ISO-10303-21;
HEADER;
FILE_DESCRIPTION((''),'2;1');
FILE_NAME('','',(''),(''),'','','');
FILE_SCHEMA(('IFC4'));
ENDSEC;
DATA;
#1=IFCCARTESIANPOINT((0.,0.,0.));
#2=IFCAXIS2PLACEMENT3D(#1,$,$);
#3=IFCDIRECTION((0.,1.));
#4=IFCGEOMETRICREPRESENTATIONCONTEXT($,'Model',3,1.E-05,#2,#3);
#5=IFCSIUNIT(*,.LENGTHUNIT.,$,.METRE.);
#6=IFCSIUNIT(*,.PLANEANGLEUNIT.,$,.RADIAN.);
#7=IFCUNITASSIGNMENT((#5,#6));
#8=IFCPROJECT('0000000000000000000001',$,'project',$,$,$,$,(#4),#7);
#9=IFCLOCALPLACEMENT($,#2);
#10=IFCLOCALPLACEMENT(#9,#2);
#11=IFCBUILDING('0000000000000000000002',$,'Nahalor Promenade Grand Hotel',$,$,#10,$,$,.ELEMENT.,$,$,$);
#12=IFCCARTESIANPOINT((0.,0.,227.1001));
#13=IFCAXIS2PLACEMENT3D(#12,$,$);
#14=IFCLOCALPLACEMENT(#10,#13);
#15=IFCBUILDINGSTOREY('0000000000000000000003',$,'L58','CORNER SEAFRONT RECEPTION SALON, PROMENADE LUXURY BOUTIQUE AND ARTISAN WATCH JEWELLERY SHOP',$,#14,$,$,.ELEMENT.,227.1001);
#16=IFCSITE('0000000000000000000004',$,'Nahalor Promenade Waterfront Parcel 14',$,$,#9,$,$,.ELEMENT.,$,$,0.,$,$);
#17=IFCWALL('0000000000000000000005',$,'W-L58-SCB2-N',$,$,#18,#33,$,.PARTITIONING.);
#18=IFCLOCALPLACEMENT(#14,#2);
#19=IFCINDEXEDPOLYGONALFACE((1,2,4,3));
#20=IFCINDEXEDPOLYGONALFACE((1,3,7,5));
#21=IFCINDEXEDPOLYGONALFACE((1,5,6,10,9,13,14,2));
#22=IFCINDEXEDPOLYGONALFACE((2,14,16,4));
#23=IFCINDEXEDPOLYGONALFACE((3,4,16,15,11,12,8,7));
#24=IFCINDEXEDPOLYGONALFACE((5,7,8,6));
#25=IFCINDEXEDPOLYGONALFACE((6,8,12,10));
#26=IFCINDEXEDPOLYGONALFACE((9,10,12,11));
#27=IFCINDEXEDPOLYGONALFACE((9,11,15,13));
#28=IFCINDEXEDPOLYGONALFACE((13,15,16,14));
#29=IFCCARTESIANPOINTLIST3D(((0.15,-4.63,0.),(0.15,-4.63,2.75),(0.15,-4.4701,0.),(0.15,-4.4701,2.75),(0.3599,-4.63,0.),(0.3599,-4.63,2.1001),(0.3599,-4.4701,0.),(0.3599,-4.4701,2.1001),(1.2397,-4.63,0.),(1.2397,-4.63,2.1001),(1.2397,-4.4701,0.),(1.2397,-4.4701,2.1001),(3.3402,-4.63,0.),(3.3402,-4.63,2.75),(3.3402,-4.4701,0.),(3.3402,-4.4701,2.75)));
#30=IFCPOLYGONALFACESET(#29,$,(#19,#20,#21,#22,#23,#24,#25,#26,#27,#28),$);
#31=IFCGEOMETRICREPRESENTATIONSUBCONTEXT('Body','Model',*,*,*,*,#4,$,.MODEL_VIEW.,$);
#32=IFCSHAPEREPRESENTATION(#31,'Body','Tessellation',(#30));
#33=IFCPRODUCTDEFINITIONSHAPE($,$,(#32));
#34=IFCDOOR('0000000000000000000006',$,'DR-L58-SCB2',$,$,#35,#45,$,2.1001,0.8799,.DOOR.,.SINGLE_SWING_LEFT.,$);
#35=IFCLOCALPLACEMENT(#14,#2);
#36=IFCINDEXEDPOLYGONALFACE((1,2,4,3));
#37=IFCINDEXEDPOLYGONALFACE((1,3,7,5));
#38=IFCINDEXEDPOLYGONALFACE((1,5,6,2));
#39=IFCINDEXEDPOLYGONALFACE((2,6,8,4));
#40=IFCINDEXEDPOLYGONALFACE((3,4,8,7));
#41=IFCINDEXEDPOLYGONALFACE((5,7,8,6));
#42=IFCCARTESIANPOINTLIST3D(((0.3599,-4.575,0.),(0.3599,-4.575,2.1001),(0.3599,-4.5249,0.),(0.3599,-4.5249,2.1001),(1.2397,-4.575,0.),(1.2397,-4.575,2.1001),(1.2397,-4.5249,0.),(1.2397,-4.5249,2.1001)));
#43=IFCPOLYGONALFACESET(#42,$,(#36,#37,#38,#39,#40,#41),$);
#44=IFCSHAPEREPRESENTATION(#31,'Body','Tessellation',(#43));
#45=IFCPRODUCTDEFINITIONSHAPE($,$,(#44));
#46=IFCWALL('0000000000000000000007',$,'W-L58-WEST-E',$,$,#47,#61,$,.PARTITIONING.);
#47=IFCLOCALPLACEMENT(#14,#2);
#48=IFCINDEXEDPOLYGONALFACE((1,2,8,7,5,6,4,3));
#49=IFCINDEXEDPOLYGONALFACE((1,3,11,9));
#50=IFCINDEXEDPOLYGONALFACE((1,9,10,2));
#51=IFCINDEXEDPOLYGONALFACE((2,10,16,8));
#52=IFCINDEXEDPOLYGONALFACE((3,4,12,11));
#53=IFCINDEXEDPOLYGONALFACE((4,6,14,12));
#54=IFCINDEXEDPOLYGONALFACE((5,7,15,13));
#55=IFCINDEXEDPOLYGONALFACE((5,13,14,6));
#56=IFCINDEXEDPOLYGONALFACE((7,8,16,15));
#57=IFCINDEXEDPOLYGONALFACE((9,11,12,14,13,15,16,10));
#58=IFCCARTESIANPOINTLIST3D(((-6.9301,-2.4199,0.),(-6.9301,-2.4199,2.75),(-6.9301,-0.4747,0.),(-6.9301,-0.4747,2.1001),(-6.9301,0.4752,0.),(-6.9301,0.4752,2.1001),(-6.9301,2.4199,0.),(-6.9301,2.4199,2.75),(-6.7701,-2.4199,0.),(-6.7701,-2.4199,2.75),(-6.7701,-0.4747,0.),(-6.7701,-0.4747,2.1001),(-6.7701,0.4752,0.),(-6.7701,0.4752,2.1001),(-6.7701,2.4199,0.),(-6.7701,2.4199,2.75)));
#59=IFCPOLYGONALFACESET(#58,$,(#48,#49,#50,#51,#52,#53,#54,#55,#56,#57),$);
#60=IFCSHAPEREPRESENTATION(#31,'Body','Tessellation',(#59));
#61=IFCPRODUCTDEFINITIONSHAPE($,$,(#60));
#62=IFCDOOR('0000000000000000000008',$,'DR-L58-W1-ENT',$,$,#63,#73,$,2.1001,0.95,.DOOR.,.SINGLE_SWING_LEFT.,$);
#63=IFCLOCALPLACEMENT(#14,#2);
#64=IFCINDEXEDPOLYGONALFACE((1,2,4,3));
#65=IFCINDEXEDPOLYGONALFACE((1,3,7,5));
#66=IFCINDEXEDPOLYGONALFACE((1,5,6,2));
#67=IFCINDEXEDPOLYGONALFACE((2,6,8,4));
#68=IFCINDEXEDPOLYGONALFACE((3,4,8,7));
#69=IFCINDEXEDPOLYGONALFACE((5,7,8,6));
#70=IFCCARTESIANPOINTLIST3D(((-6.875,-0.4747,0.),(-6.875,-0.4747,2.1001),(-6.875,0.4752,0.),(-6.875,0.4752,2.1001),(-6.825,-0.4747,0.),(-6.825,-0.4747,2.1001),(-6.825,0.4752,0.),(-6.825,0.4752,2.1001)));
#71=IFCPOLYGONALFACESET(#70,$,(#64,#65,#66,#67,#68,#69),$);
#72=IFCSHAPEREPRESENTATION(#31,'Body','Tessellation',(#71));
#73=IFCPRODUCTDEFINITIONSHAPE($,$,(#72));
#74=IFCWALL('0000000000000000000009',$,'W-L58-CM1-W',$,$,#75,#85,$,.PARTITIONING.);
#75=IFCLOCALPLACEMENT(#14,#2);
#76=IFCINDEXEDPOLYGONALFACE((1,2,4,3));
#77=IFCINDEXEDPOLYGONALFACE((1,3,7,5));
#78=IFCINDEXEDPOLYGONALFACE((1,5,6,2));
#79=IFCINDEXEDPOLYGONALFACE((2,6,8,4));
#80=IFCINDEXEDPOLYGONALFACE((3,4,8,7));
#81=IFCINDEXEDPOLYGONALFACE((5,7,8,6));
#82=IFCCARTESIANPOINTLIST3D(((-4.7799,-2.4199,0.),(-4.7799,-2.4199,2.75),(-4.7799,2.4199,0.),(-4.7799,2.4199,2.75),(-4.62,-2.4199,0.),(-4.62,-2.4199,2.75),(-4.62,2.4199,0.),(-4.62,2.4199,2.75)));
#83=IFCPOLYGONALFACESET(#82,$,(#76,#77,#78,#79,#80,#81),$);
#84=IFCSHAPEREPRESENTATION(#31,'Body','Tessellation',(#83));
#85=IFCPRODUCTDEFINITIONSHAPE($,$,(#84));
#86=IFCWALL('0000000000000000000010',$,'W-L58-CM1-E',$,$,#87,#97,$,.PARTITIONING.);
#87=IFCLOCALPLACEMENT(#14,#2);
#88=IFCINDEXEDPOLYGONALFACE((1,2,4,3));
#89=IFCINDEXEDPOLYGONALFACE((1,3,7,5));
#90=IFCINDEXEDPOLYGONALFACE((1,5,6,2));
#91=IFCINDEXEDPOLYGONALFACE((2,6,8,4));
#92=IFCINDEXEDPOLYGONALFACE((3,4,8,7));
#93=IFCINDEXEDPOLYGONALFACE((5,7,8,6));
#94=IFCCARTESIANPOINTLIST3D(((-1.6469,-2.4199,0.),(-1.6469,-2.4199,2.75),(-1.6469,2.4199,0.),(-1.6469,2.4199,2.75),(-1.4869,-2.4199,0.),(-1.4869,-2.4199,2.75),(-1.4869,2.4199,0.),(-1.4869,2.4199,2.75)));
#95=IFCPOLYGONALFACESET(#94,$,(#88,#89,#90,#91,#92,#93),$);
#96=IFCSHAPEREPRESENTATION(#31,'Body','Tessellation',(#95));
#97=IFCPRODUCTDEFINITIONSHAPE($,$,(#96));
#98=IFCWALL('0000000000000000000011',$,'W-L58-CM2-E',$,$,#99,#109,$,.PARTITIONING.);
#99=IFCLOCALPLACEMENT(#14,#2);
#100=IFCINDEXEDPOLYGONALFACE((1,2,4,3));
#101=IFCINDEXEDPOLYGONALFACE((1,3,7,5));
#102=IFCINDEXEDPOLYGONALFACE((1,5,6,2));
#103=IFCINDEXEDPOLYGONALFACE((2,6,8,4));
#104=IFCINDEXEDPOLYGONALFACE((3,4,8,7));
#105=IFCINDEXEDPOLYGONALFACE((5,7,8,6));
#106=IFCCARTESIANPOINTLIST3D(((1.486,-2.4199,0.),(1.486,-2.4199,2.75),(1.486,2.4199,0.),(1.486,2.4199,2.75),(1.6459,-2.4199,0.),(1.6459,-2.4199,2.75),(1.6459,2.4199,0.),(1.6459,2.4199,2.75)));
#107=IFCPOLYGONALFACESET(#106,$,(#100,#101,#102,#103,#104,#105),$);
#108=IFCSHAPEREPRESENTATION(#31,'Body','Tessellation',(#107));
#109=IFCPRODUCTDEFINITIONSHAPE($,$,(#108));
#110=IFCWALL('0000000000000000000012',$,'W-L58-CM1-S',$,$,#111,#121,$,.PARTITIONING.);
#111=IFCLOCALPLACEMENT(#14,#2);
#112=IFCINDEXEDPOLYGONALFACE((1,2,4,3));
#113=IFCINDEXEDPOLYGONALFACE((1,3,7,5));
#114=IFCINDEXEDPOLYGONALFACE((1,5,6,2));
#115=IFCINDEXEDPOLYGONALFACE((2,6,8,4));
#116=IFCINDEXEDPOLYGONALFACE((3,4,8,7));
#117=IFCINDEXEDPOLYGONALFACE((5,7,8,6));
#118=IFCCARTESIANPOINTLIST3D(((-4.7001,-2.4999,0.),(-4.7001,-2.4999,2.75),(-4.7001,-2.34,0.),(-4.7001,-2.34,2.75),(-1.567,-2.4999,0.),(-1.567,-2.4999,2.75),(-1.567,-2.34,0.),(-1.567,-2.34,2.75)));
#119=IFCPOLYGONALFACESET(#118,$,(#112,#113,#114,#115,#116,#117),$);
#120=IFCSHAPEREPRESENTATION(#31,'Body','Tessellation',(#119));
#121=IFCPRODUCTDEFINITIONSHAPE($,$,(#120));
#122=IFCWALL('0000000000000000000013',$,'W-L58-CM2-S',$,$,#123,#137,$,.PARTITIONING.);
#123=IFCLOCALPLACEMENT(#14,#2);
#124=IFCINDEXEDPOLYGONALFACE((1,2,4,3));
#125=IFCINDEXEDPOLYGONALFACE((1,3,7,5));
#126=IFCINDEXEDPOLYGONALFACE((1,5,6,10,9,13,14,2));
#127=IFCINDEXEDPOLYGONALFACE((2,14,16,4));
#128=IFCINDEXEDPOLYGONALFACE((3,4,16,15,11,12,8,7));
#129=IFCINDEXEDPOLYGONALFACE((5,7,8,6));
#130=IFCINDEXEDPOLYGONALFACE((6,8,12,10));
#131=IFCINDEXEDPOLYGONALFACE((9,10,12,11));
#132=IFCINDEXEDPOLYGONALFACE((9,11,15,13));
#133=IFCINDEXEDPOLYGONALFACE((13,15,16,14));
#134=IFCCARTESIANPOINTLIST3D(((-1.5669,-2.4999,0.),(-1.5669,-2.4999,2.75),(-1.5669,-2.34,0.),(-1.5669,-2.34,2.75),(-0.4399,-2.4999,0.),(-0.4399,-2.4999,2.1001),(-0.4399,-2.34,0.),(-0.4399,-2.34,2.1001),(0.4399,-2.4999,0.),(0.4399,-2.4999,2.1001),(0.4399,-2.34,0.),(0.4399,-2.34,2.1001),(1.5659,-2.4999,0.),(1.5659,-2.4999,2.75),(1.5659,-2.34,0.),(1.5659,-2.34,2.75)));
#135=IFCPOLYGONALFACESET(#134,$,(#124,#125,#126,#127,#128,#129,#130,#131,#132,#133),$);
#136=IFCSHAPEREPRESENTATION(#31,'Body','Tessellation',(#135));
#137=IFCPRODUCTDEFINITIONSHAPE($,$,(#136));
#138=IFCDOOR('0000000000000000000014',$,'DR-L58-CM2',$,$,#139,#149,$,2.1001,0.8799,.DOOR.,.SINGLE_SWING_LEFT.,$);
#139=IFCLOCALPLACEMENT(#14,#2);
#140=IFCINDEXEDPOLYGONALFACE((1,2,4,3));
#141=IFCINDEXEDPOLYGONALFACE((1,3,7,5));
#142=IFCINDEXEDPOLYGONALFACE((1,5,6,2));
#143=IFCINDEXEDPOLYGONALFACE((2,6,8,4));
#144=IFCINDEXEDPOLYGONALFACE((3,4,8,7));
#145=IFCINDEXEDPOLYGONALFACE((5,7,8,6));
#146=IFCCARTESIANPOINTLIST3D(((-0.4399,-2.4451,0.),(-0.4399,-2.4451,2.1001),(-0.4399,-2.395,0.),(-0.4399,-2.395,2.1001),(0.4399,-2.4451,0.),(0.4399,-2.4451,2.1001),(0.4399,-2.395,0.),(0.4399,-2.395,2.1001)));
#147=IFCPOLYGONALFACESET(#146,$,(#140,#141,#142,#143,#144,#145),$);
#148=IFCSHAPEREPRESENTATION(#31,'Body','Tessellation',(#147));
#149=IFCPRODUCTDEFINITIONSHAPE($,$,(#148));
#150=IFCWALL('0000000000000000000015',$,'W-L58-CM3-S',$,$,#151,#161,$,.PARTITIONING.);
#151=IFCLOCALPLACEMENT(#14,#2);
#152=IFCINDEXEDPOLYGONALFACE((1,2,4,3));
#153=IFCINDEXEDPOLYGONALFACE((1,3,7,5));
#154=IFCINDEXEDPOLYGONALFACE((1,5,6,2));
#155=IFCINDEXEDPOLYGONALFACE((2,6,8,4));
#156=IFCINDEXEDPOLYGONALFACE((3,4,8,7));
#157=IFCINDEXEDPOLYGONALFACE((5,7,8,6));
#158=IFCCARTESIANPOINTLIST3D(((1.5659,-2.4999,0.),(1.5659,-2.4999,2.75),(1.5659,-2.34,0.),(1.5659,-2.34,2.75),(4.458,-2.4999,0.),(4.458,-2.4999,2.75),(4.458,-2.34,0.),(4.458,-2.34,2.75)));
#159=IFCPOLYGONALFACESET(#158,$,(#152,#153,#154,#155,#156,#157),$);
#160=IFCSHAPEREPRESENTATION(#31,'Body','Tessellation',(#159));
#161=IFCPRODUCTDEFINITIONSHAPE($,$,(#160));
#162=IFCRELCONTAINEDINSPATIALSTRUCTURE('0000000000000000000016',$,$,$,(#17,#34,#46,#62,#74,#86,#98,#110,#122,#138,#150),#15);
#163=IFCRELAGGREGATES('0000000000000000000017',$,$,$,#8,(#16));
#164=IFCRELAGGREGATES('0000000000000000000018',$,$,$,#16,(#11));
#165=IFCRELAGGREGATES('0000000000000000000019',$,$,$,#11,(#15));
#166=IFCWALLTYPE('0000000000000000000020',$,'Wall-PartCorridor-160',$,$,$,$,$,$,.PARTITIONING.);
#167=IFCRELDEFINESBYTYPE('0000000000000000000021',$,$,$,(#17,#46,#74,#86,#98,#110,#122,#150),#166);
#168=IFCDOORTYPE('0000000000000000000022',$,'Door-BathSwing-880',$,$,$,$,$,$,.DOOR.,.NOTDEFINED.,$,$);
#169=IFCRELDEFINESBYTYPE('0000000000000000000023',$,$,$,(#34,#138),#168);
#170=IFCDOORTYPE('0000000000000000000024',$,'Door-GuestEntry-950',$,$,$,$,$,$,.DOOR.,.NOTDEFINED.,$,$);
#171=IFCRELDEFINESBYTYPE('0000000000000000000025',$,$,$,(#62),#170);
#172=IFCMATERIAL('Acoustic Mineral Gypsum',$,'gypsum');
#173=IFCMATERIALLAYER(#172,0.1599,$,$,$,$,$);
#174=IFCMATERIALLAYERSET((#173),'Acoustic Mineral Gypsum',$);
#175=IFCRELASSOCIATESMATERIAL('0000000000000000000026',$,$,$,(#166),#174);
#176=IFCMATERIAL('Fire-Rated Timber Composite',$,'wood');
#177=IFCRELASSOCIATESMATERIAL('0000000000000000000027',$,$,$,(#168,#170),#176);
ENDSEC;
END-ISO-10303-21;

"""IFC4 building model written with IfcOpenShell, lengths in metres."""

from ifc_helpers import new_model, si_unit, direction, frame, frame_2d, origin, place, context, subcontext, project, spatial, rectangle, extrude, source, transform, mapped, material, layer, layer_set, type_object, element, fill, save


model = new_model("IFC4")

# Units and contexts
model_context = context("Model", 3, precision=1e-05, world=origin(), true_north=direction((0.0, 1.0)))
body_context = subcontext(model_context, "Body", "Model", "MODEL_VIEW")
ifc_project = project(units=[si_unit("LENGTHUNIT", "METRE"), si_unit("PLANEANGLEUNIT", "RADIAN")], contexts=[model_context])

# Site, building, storey
site_placement = place(None, origin())
site = spatial("IfcSite", under=ifc_project, at=site_placement, Name="Nahalor Promenade Waterfront Parcel 14", CompositionType="ELEMENT", RefElevation=0.0)
building_placement = place(site_placement, origin())
building = spatial("IfcBuilding", under=site, at=building_placement, Name="Nahalor Promenade Grand Hotel", CompositionType="ELEMENT")
storey_placement = place(building_placement, frame((0.0, 0.0, 227.1001)))
storey = spatial("IfcBuildingStorey", under=building, at=storey_placement, Name="L58", Description="CORNER SEAFRONT RECEPTION SALON, PROMENADE LUXURY BOUTIQUE AND ARTISAN WATCH JEWELLERY SHOP", CompositionType="ELEMENT", Elevation=227.1001)

# Walls, openings, doors
ifc_material_1 = material(Name="Acoustic Mineral Gypsum", Category="gypsum")
ifc_layer_1 = layer(ifc_material_1, 0.1599)
ifc_layer_set_1 = layer_set([ifc_layer_1], Name="Acoustic Mineral Gypsum")
wall_type_1 = type_object("IfcWallType", Name="Wall-PartCorridor-160", PredefinedType="PARTITIONING", material=ifc_layer_set_1)
ifc_material_2 = material(Name="Fire-Rated Timber Composite", Category="wood")
door_type_1 = type_object("IfcDoorType", Name="Door-BathSwing-880", OperationType="NOTDEFINED", PredefinedType="DOOR", material=ifc_material_2)
shared_shape_1 = source(origin(), body_context, "Body", "SweptSolid", [
    extrude(rectangle(XDim=0.8799, YDim=2.1001, at=frame_2d((0.4399, 1.05))), frame((0.0, 0.0249, 0.0), z_axis=(0.0, -1.0, 0.0), x_axis=(1.0, 0.0, 0.0)), (0.0, 0.0, 1.0), 0.05),
])
shared_shape_2 = source(origin(), body_context, "Body", "SweptSolid", [
    extrude(rectangle(XDim=3.1902, YDim=0.1599, at=frame_2d((1.5952, 0.0))), origin(), (0.0, 0.0, 1.0), 2.75),
])
wall_1_placement = place(storey_placement, frame((0.1499, -4.55, 0.0), z_axis=(0.0, 0.0, 1.0), x_axis=(1.0, 0.0, 0.0)))
wall_1 = element("IfcWall", 1, at=wall_1_placement, inside=storey, type_object=wall_type_1, Name="W-L58-SCB2-N", PredefinedType="PARTITIONING", context=body_context, shape_type="MappedRepresentation", body=[
    mapped(shared_shape_2, transform((0.0, 0.0, 0.0), scale=1.0)),
])
opening_1_placement = place(wall_1_placement, frame((0.21, 0.0, 0.0)))
opening_1 = element("IfcOpeningElement", 2, at=opening_1_placement, cuts=wall_1, PredefinedType="OPENING", context=body_context, shape_type="SweptSolid", body=[
    extrude(rectangle(XDim=0.8799, YDim=2.1001, at=frame_2d((0.4399, 1.05))), frame((0.0, 0.0898, 0.0), z_axis=(0.0, -1.0, 0.0), x_axis=(1.0, 0.0, 0.0)), (0.0, 0.0, 1.0), 0.1799),
])
door_1_placement = place(opening_1_placement, frame((0.8799, 0.0, 0.0), z_axis=(0.0, 0.0, 1.0), x_axis=(-1.0, 0.0, 0.0)))
door_1 = element("IfcDoor", 3, at=door_1_placement, inside=storey, type_object=door_type_1, Name="DR-L58-SCB2", OperationType="SINGLE_SWING_LEFT", OverallHeight=2.1001, OverallWidth=0.8799, PredefinedType="DOOR", context=body_context, shape_type="MappedRepresentation", body=[
    mapped(shared_shape_1, transform((0.0, 0.0, 0.0), scale=1.0)),
])
fill(opening_1, door_1)
shared_shape_3 = source(origin(), body_context, "Body", "SweptSolid", [
    extrude(rectangle(XDim=4.8398, YDim=0.1599, at=frame_2d((2.4199, 0.0))), origin(), (0.0, 0.0, 1.0), 2.75),
])
wall_2_placement = place(storey_placement, frame((-6.8501, -2.4199, 0.0), z_axis=(0.0, 0.0, 1.0), x_axis=(0.0, 1.0, 0.0)))
wall_2 = element("IfcWall", 4, at=wall_2_placement, inside=storey, type_object=wall_type_1, Name="W-L58-WEST-E", PredefinedType="PARTITIONING", context=body_context, shape_type="MappedRepresentation", body=[
    mapped(shared_shape_3, transform((0.0, 0.0, 0.0), scale=1.0)),
])
opening_2_placement = place(wall_2_placement, frame((1.9451, 0.0, 0.0)))
opening_2 = element("IfcOpeningElement", 5, at=opening_2_placement, cuts=wall_2, PredefinedType="OPENING", context=body_context, shape_type="SweptSolid", body=[
    extrude(rectangle(XDim=0.95, YDim=2.1001, at=frame_2d((0.4751, 1.05))), frame((0.0, 0.0898, 0.0), z_axis=(0.0, -1.0, 0.0), x_axis=(1.0, 0.0, 0.0)), (0.0, 0.0, 1.0), 0.1799),
])
door_type_2 = type_object("IfcDoorType", Name="Door-GuestEntry-950", OperationType="NOTDEFINED", PredefinedType="DOOR", material=ifc_material_2)
shared_shape_4 = source(origin(), body_context, "Body", "SweptSolid", [
    extrude(rectangle(XDim=0.95, YDim=2.1001, at=frame_2d((0.4751, 1.05))), frame((0.0, 0.0249, 0.0), z_axis=(0.0, -1.0, 0.0), x_axis=(1.0, 0.0, 0.0)), (0.0, 0.0, 1.0), 0.05),
])
door_2_placement = place(opening_2_placement, origin())
door_2 = element("IfcDoor", 6, at=door_2_placement, inside=storey, type_object=door_type_2, Name="DR-L58-W1-ENT", OperationType="SINGLE_SWING_LEFT", OverallHeight=2.1001, OverallWidth=0.95, PredefinedType="DOOR", context=body_context, shape_type="MappedRepresentation", body=[
    mapped(shared_shape_4, transform((0.0, 0.0, 0.0), scale=1.0)),
])
fill(opening_2, door_2)

# Walls
for number, where, z_axis, x_axis, name in (
    (7, (-4.7, -2.4199, 0.0), (0.0, 0.0, 1.0), (0.0, 1.0, 0.0), "W-L58-CM1-W"),
    (8, (-1.5669, -2.4199, 0.0), (0.0, 0.0, 1.0), (0.0, 1.0, 0.0), "W-L58-CM1-E"),
    (9, (1.5659, -2.4199, 0.0), (0.0, 0.0, 1.0), (0.0, 1.0, 0.0), "W-L58-CM2-E"),
):
    element("IfcWall", number, at=place(storey_placement, frame(where, z_axis=z_axis, x_axis=x_axis)), inside=storey, type_object=wall_type_1, Name=name, PredefinedType="PARTITIONING", context=body_context, shape_type="MappedRepresentation", body=[
        mapped(shared_shape_3, transform((0.0, 0.0, 0.0), scale=1.0)),
    ])
shared_shape_5 = source(origin(), body_context, "Body", "SweptSolid", [
    extrude(rectangle(XDim=3.1331, YDim=0.1599, at=frame_2d((1.5664, 0.0))), origin(), (0.0, 0.0, 1.0), 2.75),
])
wall_3_placement = place(storey_placement, frame((-4.7, -2.4199, 0.0), z_axis=(0.0, 0.0, 1.0), x_axis=(1.0, 0.0, 0.0)))
element("IfcWall", 10, at=wall_3_placement, inside=storey, type_object=wall_type_1, Name="W-L58-CM1-S", PredefinedType="PARTITIONING", context=body_context, shape_type="MappedRepresentation", body=[
    mapped(shared_shape_5, transform((0.0, 0.0, 0.0), scale=1.0)),
])

# Wall, opening, door
shared_shape_6 = source(origin(), body_context, "Body", "SweptSolid", [
    extrude(rectangle(XDim=3.1328, YDim=0.1599, at=frame_2d((1.5664, 0.0))), origin(), (0.0, 0.0, 1.0), 2.75),
])
wall_4_placement = place(storey_placement, frame((-1.5669, -2.4199, 0.0), z_axis=(0.0, 0.0, 1.0), x_axis=(1.0, 0.0, 0.0)))
wall_4 = element("IfcWall", 11, at=wall_4_placement, inside=storey, type_object=wall_type_1, Name="W-L58-CM2-S", PredefinedType="PARTITIONING", context=body_context, shape_type="MappedRepresentation", body=[
    mapped(shared_shape_6, transform((0.0, 0.0, 0.0), scale=1.0)),
])
opening_3_placement = place(wall_4_placement, frame((1.127, 0.0, 0.0)))
opening_3 = element("IfcOpeningElement", 12, at=opening_3_placement, cuts=wall_4, PredefinedType="OPENING", context=body_context, shape_type="SweptSolid", body=[
    extrude(rectangle(XDim=0.8799, YDim=2.1001, at=frame_2d((0.4399, 1.05))), frame((0.0, 0.0898, 0.0), z_axis=(0.0, -1.0, 0.0), x_axis=(1.0, 0.0, 0.0)), (0.0, 0.0, 1.0), 0.1799),
])
door_3_placement = place(opening_3_placement, origin())
door_3 = element("IfcDoor", 13, at=door_3_placement, inside=storey, type_object=door_type_1, Name="DR-L58-CM2", OperationType="SINGLE_SWING_LEFT", OverallHeight=2.1001, OverallWidth=0.8799, PredefinedType="DOOR", context=body_context, shape_type="MappedRepresentation", body=[
    mapped(shared_shape_1, transform((0.0, 0.0, 0.0), scale=1.0)),
])
fill(opening_3, door_3)

# Wall
shared_shape_7 = source(origin(), body_context, "Body", "SweptSolid", [
    extrude(rectangle(XDim=2.8921, YDim=0.1599, at=frame_2d((1.446, 0.0))), origin(), (0.0, 0.0, 1.0), 2.75),
])
wall_5_placement = place(storey_placement, frame((1.5659, -2.4199, 0.0), z_axis=(0.0, 0.0, 1.0), x_axis=(1.0, 0.0, 0.0)))
element("IfcWall", 14, at=wall_5_placement, inside=storey, type_object=wall_type_1, Name="W-L58-CM3-S", PredefinedType="PARTITIONING", context=body_context, shape_type="MappedRepresentation", body=[
    mapped(shared_shape_7, transform((0.0, 0.0, 0.0), scale=1.0)),
])

save(model, "model.ifc")
